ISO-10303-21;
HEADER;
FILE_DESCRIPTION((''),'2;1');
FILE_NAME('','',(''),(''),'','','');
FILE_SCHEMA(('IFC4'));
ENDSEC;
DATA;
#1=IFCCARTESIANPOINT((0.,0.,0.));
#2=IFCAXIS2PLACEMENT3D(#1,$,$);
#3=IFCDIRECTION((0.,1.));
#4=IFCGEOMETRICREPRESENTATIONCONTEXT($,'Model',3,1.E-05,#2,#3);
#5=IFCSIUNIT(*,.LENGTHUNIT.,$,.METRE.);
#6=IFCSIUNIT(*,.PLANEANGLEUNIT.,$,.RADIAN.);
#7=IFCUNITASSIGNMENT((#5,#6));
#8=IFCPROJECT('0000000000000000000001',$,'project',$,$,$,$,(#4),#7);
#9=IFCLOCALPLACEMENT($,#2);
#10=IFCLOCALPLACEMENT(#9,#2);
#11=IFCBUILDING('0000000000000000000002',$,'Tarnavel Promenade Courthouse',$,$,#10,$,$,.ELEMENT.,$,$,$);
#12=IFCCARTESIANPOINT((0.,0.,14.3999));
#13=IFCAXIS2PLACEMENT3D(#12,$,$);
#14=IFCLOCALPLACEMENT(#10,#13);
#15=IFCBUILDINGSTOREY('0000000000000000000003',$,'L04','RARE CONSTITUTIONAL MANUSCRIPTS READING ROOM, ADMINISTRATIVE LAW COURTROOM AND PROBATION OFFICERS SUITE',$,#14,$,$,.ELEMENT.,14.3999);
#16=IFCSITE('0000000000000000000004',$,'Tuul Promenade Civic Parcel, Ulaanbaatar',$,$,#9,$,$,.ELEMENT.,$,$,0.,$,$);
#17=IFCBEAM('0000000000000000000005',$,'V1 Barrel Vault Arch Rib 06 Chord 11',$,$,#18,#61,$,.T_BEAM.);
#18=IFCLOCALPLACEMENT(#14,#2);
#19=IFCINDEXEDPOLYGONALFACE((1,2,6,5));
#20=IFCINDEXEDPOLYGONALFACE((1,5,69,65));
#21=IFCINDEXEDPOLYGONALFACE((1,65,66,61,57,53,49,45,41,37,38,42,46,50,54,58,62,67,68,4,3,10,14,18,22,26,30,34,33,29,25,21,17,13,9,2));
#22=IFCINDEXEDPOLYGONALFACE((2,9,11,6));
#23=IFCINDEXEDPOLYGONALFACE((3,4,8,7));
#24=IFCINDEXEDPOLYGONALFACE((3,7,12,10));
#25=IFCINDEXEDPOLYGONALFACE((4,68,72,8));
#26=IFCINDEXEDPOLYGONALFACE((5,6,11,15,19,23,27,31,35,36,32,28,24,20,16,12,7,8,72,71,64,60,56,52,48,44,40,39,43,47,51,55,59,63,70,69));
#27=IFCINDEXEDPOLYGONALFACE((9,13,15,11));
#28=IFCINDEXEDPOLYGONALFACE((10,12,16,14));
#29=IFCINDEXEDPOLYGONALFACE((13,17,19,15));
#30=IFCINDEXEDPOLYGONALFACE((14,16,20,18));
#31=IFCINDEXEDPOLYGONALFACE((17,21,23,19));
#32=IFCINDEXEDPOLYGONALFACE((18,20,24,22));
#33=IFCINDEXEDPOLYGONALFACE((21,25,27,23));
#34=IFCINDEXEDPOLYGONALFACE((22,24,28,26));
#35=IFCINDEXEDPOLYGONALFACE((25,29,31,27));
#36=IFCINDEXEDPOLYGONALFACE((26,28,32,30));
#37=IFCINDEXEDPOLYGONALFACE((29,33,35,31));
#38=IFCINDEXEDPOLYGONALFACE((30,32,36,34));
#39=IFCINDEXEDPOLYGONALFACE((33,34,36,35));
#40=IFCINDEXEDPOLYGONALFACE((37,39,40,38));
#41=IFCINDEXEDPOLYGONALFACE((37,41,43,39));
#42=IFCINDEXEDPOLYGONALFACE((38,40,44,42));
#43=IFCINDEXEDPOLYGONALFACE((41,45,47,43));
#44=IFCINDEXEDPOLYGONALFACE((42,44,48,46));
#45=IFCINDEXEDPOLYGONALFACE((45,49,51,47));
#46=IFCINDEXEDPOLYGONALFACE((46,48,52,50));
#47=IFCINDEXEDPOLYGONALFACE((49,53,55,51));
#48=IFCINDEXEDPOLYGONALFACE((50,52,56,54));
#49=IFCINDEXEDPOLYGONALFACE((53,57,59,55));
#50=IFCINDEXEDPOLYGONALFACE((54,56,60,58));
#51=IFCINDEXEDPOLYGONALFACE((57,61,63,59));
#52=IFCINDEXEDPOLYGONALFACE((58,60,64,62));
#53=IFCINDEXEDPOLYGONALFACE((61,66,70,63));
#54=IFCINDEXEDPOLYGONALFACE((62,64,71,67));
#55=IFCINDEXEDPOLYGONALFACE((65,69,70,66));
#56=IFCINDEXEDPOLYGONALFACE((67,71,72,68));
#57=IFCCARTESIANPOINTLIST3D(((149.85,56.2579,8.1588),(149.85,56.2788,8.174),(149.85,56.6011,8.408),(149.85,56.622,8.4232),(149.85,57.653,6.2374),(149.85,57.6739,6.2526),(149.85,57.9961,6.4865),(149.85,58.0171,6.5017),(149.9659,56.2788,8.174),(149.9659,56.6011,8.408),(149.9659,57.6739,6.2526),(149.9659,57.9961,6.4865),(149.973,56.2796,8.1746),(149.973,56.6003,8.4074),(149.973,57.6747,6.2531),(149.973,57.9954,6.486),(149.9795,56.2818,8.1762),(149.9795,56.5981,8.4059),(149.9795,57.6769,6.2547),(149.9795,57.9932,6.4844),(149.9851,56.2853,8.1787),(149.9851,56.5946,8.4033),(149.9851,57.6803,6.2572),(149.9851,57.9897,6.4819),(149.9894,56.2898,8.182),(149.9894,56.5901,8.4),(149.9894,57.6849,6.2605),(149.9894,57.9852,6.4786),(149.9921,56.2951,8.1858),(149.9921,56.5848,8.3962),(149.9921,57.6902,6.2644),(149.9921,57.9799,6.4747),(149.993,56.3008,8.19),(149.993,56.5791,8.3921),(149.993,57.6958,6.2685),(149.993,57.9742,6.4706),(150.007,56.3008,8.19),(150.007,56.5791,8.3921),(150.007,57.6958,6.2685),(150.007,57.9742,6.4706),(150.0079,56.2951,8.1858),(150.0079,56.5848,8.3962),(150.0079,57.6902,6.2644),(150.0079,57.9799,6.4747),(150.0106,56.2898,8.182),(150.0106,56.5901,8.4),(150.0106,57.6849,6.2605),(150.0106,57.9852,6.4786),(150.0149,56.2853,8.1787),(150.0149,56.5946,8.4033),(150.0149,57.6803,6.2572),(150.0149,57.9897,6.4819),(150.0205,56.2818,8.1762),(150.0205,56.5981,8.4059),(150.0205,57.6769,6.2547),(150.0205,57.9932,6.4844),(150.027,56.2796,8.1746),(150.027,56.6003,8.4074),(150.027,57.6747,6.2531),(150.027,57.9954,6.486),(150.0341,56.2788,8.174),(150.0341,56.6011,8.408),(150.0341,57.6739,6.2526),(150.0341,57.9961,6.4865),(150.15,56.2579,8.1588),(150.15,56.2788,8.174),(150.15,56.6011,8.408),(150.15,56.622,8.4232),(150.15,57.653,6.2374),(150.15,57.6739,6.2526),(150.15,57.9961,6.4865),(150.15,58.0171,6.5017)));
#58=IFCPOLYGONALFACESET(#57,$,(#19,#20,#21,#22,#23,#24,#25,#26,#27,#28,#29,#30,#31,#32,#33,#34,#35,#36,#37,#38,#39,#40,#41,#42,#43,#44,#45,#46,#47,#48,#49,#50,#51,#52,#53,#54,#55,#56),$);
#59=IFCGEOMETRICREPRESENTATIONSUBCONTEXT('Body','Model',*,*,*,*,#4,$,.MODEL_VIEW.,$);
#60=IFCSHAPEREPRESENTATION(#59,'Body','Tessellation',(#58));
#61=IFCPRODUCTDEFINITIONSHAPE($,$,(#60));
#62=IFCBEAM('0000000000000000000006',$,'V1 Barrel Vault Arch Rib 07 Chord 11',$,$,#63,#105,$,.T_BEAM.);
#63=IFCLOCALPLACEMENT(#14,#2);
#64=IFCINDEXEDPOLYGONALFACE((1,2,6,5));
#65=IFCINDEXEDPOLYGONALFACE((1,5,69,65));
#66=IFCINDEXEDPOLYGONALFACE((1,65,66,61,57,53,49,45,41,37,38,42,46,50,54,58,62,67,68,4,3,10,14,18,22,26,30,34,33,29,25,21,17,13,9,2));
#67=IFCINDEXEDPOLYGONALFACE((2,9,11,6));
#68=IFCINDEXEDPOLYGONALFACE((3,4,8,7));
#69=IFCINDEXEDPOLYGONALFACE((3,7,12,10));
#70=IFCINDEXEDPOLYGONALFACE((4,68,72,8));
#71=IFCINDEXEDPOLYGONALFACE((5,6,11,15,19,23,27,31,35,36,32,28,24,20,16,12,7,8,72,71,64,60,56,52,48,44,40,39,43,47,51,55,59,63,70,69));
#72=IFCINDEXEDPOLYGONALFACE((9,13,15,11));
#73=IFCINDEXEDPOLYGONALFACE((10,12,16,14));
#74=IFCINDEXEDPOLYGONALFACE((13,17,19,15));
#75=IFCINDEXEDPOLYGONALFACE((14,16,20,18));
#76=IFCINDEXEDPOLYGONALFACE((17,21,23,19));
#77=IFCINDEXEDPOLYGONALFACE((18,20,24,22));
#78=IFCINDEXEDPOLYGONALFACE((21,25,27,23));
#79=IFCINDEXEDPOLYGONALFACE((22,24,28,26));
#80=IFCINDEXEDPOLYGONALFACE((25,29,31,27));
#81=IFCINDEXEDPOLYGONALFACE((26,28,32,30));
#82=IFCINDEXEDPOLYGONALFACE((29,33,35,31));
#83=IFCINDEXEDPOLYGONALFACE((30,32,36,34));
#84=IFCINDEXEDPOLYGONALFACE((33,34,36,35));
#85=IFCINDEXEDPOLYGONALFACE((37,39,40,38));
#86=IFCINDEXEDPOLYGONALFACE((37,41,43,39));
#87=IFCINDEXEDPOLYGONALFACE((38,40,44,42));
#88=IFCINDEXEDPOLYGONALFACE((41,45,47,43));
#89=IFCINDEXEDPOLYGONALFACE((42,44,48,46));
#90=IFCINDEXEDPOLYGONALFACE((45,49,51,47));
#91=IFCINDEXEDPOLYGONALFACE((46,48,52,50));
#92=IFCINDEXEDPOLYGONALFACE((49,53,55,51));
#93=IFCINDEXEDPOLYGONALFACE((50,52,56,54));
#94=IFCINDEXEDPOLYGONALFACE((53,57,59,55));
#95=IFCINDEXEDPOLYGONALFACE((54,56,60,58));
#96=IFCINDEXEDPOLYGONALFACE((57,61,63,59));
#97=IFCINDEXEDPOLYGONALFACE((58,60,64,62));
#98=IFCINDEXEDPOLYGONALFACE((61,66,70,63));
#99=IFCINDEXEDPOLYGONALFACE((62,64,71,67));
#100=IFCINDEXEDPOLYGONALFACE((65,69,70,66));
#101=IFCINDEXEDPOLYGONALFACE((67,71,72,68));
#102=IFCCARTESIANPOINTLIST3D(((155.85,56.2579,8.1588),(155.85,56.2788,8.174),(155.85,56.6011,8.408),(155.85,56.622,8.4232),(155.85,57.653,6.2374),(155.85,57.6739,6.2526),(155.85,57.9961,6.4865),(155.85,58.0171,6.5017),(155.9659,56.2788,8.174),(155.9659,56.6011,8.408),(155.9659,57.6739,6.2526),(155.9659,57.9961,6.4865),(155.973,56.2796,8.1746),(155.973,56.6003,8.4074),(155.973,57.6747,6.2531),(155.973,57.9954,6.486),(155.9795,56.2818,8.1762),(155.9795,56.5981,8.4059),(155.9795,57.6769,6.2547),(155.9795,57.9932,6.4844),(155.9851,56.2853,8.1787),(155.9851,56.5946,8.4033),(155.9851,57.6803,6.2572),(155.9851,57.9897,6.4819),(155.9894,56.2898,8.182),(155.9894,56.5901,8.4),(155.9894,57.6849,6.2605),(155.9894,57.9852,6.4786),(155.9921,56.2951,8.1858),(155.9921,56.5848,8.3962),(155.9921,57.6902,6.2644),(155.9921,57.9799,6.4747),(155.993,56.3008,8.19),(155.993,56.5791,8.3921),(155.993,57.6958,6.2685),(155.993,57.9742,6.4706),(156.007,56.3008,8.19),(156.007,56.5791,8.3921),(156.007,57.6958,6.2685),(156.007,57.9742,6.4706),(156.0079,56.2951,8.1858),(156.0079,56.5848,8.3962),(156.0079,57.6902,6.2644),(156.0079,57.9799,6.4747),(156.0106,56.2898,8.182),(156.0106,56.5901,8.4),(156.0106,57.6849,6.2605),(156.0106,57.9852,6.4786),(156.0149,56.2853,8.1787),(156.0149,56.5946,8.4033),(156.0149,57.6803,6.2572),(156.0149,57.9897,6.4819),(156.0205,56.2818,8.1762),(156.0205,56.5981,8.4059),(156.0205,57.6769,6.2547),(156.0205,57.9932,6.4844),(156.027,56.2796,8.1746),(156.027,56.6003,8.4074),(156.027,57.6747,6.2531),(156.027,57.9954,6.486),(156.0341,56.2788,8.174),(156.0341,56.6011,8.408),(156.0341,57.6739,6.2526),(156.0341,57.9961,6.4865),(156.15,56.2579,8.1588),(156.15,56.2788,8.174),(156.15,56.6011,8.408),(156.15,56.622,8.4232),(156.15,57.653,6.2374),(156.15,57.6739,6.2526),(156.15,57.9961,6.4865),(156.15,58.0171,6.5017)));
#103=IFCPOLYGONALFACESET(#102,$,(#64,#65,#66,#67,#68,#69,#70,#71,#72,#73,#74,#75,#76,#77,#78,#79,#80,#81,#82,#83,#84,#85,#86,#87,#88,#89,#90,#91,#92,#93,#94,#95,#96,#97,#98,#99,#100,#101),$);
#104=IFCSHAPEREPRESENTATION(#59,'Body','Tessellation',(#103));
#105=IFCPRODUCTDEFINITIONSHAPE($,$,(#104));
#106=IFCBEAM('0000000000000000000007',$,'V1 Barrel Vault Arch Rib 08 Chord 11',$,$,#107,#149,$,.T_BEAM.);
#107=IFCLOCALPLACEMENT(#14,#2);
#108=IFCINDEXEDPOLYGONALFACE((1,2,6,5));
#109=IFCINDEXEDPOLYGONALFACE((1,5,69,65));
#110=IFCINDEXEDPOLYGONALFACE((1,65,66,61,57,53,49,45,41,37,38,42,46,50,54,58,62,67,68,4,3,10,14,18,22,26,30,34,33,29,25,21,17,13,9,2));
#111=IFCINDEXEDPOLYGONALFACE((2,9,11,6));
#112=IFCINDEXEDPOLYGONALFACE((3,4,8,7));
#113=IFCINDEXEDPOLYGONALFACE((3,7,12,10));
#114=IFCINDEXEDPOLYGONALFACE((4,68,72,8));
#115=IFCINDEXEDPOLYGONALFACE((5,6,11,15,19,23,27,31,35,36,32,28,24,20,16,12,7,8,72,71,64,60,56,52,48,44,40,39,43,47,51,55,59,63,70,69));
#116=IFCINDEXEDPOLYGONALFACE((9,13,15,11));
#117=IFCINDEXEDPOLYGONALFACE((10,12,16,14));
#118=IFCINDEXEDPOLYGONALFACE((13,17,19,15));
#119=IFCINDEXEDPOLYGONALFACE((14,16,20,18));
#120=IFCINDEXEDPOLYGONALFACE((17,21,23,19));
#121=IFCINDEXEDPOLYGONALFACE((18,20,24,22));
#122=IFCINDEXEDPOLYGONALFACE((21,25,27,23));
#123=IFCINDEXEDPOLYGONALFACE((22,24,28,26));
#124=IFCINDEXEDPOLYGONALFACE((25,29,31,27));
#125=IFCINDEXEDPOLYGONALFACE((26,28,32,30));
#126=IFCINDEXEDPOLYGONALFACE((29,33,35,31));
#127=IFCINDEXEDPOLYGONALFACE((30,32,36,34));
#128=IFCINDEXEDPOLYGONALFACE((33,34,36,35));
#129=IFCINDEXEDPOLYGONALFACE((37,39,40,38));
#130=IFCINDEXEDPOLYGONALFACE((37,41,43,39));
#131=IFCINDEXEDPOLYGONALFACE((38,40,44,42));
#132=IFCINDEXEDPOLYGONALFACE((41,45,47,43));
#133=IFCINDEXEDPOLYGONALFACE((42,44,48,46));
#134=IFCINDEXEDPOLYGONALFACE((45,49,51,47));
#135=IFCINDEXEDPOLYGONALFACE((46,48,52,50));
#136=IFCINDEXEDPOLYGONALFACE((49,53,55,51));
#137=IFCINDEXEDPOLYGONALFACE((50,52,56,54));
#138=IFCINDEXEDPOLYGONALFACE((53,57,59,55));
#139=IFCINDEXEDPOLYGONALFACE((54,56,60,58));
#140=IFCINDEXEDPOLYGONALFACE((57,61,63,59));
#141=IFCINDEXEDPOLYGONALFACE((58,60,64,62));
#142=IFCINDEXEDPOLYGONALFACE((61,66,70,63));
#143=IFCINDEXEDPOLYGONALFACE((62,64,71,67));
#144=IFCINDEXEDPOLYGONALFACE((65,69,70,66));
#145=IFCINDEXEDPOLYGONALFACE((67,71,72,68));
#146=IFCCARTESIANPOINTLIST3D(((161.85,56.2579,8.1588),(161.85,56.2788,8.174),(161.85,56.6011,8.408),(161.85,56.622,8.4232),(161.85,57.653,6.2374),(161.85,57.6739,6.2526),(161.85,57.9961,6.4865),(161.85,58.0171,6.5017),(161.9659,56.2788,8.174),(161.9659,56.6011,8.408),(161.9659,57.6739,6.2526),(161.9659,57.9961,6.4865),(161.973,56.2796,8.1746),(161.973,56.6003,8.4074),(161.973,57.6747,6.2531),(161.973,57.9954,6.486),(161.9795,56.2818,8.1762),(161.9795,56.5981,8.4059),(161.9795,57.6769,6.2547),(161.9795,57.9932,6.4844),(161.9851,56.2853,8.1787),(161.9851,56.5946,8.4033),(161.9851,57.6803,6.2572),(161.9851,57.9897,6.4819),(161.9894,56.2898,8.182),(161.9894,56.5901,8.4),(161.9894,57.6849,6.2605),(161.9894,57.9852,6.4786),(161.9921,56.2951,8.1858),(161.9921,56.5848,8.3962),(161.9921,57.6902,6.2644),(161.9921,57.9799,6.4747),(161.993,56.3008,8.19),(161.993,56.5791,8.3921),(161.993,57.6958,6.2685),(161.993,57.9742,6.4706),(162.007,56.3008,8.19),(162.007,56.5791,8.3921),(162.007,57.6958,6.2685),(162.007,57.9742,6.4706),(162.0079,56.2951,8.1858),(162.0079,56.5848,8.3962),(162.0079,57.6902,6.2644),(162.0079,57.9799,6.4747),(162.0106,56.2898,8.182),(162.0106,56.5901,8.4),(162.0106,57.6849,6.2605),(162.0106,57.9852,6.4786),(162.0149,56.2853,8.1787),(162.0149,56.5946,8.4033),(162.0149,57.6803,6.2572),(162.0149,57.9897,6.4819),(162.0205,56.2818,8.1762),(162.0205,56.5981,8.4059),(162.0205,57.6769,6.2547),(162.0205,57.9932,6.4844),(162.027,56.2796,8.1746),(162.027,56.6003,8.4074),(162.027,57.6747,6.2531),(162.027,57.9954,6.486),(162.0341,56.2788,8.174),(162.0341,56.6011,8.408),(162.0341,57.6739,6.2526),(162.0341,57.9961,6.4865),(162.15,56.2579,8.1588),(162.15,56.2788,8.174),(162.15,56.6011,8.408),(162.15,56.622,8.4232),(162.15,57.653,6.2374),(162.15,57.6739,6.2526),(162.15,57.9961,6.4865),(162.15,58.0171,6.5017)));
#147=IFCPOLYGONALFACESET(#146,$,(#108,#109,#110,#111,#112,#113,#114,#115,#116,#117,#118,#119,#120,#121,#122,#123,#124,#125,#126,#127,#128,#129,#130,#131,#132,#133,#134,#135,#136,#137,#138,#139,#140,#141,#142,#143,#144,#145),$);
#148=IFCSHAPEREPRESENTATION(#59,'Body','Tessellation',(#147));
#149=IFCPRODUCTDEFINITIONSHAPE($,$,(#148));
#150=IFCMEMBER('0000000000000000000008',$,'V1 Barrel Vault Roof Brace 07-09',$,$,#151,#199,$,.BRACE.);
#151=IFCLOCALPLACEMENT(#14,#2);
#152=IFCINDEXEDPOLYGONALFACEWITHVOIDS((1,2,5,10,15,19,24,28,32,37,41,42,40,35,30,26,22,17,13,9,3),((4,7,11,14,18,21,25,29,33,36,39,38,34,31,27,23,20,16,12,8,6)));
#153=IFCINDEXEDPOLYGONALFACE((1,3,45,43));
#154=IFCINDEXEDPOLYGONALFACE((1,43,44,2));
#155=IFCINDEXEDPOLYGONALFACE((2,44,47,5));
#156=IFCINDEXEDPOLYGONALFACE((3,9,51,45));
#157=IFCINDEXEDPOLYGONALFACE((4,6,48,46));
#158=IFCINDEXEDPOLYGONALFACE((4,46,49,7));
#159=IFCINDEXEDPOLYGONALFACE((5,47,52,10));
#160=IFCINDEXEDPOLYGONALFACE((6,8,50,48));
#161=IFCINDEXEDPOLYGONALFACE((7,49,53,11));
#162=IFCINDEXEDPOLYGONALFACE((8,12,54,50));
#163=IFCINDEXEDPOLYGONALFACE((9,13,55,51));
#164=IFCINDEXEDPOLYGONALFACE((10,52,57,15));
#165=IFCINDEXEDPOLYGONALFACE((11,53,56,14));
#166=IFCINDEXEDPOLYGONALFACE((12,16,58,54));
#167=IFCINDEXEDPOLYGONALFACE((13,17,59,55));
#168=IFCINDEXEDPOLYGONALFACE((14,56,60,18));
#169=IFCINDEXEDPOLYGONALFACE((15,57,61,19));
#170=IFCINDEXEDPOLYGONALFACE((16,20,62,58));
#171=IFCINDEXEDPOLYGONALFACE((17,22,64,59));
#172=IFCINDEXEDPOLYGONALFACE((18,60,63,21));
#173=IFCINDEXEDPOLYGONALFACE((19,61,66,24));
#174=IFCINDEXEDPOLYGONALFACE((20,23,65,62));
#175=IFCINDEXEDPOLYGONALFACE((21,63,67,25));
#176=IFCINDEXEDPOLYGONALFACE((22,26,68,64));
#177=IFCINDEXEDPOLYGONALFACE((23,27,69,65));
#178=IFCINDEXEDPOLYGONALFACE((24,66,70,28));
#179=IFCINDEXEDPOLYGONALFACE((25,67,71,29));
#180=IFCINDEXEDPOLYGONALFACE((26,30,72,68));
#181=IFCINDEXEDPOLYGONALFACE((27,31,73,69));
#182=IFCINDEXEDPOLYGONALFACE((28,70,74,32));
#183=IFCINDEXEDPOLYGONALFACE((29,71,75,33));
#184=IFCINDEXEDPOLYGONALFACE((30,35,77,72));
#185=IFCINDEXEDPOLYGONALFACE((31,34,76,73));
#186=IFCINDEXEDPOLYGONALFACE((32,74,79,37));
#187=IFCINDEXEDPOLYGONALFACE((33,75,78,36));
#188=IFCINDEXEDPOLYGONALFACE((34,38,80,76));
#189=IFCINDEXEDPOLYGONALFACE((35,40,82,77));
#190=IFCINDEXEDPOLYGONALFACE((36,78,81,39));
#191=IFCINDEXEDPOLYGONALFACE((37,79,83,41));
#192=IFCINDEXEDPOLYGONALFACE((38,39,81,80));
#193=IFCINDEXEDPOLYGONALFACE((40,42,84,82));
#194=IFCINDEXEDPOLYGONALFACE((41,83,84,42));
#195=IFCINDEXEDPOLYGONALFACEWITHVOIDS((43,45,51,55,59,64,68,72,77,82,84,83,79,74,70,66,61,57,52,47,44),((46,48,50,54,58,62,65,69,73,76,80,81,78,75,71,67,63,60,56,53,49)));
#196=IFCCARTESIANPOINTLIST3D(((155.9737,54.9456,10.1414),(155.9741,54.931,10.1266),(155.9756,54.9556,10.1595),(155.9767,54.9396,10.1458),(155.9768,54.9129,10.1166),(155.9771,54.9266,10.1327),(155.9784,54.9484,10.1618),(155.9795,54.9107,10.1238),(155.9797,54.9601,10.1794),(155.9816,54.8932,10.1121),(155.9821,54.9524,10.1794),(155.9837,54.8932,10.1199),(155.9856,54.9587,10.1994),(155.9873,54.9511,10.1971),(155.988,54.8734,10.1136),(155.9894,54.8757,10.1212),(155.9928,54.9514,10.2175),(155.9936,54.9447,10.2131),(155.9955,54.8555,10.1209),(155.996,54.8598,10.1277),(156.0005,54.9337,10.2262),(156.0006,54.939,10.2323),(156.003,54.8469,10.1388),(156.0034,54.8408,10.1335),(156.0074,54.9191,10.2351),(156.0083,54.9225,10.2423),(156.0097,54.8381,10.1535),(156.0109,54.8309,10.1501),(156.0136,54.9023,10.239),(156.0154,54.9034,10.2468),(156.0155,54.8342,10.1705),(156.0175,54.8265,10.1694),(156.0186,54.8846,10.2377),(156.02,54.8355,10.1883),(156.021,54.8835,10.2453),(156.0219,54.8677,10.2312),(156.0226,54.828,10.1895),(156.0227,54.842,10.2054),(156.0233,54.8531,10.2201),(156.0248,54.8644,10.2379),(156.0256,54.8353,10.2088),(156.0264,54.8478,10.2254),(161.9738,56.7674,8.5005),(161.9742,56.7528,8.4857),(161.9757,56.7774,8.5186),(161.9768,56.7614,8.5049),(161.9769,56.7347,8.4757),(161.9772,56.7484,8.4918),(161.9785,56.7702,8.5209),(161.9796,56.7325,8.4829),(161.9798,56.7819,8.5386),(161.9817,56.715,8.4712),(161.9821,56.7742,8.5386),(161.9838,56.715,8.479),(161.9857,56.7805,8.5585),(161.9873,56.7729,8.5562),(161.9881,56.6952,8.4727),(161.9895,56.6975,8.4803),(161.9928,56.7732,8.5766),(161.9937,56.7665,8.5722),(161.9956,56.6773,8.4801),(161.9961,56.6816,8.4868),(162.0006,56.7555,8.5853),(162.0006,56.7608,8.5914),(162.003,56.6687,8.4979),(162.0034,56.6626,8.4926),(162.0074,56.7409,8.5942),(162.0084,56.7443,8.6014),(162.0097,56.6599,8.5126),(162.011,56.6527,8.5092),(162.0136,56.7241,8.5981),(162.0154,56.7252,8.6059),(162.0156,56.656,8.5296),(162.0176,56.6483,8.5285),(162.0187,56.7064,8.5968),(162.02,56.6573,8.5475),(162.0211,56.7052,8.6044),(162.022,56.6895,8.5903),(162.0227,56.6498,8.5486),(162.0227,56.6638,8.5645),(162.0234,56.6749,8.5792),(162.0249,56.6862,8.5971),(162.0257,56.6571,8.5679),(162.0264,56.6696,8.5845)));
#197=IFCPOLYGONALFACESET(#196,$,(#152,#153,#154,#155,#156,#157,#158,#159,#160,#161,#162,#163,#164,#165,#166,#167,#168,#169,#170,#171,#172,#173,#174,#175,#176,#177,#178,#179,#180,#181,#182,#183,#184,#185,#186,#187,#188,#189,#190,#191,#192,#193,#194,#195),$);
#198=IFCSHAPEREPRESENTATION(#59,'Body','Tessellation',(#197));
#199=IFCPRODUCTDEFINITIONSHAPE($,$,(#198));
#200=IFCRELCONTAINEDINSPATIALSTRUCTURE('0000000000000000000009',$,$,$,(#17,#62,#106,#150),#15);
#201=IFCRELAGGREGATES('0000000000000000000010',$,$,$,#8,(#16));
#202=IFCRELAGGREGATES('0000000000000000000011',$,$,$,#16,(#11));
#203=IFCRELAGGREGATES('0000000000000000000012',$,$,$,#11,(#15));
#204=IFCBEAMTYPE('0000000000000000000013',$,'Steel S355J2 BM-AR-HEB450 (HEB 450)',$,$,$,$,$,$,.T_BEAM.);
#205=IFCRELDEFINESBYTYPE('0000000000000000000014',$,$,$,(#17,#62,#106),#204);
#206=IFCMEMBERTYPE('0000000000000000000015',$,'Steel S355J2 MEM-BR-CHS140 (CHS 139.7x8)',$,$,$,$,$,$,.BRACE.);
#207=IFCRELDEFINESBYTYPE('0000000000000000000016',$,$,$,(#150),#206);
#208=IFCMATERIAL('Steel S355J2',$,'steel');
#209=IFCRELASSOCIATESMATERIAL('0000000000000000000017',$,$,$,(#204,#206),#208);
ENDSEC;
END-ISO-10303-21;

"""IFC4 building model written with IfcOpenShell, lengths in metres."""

from ifc_helpers import new_model, si_unit, direction, frame, origin, origin_2d, place, context, subcontext, project, spatial, hollow_circle, i_section, extrude, material, material_profile, profile_set, type_object, element, save


model = new_model("IFC4")

# Units and contexts
model_context = context("Model", 3, precision=1e-05, world=origin(), true_north=direction((0.0, 1.0)))
body_context = subcontext(model_context, "Body", "Model", "MODEL_VIEW")
ifc_project = project(units=[si_unit("LENGTHUNIT", "METRE"), si_unit("PLANEANGLEUNIT", "RADIAN")], contexts=[model_context])

# Site, building, storey
site_placement = place(None, origin())
site = spatial("IfcSite", under=ifc_project, at=site_placement, Name="Tuul Promenade Civic Parcel, Ulaanbaatar", CompositionType="ELEMENT", RefElevation=0.0)
building_placement = place(site_placement, origin())
building = spatial("IfcBuilding", under=site, at=building_placement, Name="Tarnavel Promenade Courthouse", CompositionType="ELEMENT")
storey_placement = place(building_placement, frame((0.0, 0.0, 14.3999)))
storey = spatial("IfcBuildingStorey", under=building, at=storey_placement, Name="L04", Description="RARE CONSTITUTIONAL MANUSCRIPTS READING ROOM, ADMINISTRATIVE LAW COURTROOM AND PROBATION OFFICERS SUITE", CompositionType="ELEMENT", Elevation=14.3999)

# Beams
ifc_material_1 = material(Name="Steel S355J2", Category="steel")
ifc_material_profile_1 = material_profile(ifc_material_1, i_section(OverallWidth=0.3, OverallDepth=0.45, WebThickness=0.0139, FlangeThickness=0.0259, FilletRadius=0.0271, at=origin_2d()), Name="HEB 450")
ifc_profile_set_1 = profile_set([ifc_material_profile_1], Name="Steel S355J2")
beam_type = type_object("IfcBeamType", Name="Steel S355J2 BM-AR-HEB450 (HEB 450)", PredefinedType="T_BEAM", material=ifc_profile_set_1)
for number, where, z_axis, x_axis, name in (
    (1, (150.0, 56.4399, 8.291), (0.0, 0.587523, -0.809207), (-1.0, 0.0, 0.0), "V1 Barrel Vault Arch Rib 06 Chord 11"),
    (2, (156.0, 56.4399, 8.291), (0.0, 0.587523, -0.809207), (-1.0, 0.0, 0.0), "V1 Barrel Vault Arch Rib 07 Chord 11"),
    (3, (162.0, 56.4399, 8.291), (0.0, 0.587523, -0.809207), (-1.0, 0.0, 0.0), "V1 Barrel Vault Arch Rib 08 Chord 11"),
):
    element("IfcBeam", number, at=place(storey_placement, frame(where, z_axis=z_axis, x_axis=x_axis)), inside=storey, type_object=beam_type, Name=name, PredefinedType="T_BEAM", context=body_context, shape_type="SweptSolid", body=[
        extrude(i_section(OverallWidth=0.3, OverallDepth=0.45, WebThickness=0.0139, FlangeThickness=0.0259, FilletRadius=0.0271, at=origin_2d()), origin(), (0.0, 0.0, 1.0), 2.3745),
    ])

# Member
ifc_material_profile_2 = material_profile(ifc_material_1, hollow_circle(Radius=0.0698, WallThickness=0.0081, at=origin_2d()), Name="CHS 139.7x8")
ifc_profile_set_2 = profile_set([ifc_material_profile_2], Name="Steel S355J2")
member_type_1 = type_object("IfcMemberType", Name="Steel S355J2 MEM-BR-CHS140 (CHS 139.7x8)", PredefinedType="BRACE", material=ifc_profile_set_2)
member_placement = place(storey_placement, frame((156.0, 54.8933, 10.1794), z_axis=(0.925695, 0.281068, -0.253157), x_axis=(-0.290533, 0.956865, 0.0)))
element("IfcMember", 4, at=member_placement, inside=storey, type_object=member_type_1, Name="V1 Barrel Vault Roof Brace 07-09", PredefinedType="BRACE", context=body_context, shape_type="SweptSolid", body=[
    extrude(hollow_circle(Radius=0.0698, WallThickness=0.0081, at=origin_2d()), origin(), (0.0, 0.0, 1.0), 6.4817),
])

save(model, "model.ifc")
